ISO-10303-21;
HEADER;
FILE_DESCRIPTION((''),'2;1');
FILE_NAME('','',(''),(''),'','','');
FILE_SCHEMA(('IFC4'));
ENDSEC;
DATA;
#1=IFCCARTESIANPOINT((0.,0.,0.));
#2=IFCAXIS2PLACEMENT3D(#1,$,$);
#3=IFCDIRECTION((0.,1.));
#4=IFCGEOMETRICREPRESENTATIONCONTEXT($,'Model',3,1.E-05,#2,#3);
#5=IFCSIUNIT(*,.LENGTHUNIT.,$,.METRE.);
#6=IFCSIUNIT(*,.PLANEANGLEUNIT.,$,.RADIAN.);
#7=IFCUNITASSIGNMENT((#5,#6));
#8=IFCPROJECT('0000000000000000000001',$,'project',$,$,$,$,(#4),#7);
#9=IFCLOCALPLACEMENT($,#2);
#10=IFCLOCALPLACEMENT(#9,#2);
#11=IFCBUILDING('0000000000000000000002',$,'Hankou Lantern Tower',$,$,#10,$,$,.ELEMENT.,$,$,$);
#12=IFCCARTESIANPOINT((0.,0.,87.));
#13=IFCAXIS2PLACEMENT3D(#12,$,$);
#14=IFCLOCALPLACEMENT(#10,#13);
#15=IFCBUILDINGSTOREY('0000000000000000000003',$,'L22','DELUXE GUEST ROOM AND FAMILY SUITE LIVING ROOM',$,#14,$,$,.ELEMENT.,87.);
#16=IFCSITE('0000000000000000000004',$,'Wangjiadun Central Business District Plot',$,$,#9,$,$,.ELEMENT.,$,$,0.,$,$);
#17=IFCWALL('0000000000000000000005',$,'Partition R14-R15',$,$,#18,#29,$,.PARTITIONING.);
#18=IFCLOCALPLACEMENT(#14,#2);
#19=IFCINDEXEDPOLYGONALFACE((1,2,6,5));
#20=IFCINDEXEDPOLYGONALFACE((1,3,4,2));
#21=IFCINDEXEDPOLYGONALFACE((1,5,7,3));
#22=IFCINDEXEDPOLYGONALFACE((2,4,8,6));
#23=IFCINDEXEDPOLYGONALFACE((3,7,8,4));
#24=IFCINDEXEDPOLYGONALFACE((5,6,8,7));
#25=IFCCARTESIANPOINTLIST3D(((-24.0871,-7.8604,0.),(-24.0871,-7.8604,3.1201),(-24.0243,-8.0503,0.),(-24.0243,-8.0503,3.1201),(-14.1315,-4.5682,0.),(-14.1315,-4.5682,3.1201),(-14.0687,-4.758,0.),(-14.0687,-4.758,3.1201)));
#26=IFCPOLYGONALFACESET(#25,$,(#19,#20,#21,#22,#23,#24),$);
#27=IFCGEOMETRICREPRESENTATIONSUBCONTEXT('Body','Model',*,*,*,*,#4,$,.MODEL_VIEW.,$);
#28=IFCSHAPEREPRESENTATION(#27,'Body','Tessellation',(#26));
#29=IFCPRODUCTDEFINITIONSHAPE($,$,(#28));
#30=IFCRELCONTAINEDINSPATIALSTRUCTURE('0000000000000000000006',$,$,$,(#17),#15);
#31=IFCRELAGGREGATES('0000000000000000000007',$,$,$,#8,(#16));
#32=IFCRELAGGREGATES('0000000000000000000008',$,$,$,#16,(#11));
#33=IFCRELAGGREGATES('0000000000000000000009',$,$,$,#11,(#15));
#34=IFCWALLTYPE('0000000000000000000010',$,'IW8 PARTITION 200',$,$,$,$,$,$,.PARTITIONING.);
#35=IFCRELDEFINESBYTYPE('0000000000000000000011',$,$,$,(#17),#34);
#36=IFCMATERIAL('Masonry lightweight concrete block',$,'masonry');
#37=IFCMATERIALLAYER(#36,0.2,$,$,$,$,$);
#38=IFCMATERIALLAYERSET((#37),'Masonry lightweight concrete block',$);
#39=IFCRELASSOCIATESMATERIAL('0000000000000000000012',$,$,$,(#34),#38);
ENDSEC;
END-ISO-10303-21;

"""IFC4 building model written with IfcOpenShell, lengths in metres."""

from ifc_helpers import new_model, si_unit, direction, frame, frame_2d, origin, place, context, subcontext, project, spatial, rectangle, extrude, material, layer, layer_set, type_object, element, save


model = new_model("IFC4")

# Units and contexts
model_context = context("Model", 3, precision=1e-05, world=origin(), true_north=direction((0.0, 1.0)))
body_context = subcontext(model_context, "Body", "Model", "MODEL_VIEW")
ifc_project = project(units=[si_unit("LENGTHUNIT", "METRE"), si_unit("PLANEANGLEUNIT", "RADIAN")], contexts=[model_context])

# Site, building, storey
site_placement = place(None, origin())
site = spatial("IfcSite", under=ifc_project, at=site_placement, Name="Wangjiadun Central Business District Plot", CompositionType="ELEMENT", RefElevation=0.0)
building_placement = place(site_placement, origin())
building = spatial("IfcBuilding", under=site, at=building_placement, Name="Hankou Lantern Tower", CompositionType="ELEMENT")
storey_placement = place(building_placement, frame((0.0, 0.0, 87.0)))
storey = spatial("IfcBuildingStorey", under=building, at=storey_placement, Name="L22", Description="DELUXE GUEST ROOM AND FAMILY SUITE LIVING ROOM", CompositionType="ELEMENT", Elevation=87.0)

# Wall
ifc_material_1 = material(Name="Masonry lightweight concrete block", Category="masonry")
ifc_layer_1 = layer(ifc_material_1, 0.2)
ifc_layer_set_1 = layer_set([ifc_layer_1], Name="Masonry lightweight concrete block")
wall_type_1 = type_object("IfcWallType", Name="IW8 PARTITION 200", PredefinedType="PARTITIONING", material=ifc_layer_set_1)
wall_1_placement = place(storey_placement, frame((-14.1001, -4.6631, 0.0), z_axis=(0.0, 0.0, 1.0), x_axis=(-0.949433, -0.313971, 0.0)))
element("IfcWall", 1, at=wall_1_placement, inside=storey, type_object=wall_type_1, Name="Partition R14-R15", PredefinedType="PARTITIONING", context=body_context, shape_type="SweptSolid", body=[
    extrude(rectangle(XDim=10.4858, YDim=0.2, at=frame_2d((5.2429, 0.0))), origin(), (0.0, 0.0, 1.0), 3.1201),
])

save(model, "model.ifc")
